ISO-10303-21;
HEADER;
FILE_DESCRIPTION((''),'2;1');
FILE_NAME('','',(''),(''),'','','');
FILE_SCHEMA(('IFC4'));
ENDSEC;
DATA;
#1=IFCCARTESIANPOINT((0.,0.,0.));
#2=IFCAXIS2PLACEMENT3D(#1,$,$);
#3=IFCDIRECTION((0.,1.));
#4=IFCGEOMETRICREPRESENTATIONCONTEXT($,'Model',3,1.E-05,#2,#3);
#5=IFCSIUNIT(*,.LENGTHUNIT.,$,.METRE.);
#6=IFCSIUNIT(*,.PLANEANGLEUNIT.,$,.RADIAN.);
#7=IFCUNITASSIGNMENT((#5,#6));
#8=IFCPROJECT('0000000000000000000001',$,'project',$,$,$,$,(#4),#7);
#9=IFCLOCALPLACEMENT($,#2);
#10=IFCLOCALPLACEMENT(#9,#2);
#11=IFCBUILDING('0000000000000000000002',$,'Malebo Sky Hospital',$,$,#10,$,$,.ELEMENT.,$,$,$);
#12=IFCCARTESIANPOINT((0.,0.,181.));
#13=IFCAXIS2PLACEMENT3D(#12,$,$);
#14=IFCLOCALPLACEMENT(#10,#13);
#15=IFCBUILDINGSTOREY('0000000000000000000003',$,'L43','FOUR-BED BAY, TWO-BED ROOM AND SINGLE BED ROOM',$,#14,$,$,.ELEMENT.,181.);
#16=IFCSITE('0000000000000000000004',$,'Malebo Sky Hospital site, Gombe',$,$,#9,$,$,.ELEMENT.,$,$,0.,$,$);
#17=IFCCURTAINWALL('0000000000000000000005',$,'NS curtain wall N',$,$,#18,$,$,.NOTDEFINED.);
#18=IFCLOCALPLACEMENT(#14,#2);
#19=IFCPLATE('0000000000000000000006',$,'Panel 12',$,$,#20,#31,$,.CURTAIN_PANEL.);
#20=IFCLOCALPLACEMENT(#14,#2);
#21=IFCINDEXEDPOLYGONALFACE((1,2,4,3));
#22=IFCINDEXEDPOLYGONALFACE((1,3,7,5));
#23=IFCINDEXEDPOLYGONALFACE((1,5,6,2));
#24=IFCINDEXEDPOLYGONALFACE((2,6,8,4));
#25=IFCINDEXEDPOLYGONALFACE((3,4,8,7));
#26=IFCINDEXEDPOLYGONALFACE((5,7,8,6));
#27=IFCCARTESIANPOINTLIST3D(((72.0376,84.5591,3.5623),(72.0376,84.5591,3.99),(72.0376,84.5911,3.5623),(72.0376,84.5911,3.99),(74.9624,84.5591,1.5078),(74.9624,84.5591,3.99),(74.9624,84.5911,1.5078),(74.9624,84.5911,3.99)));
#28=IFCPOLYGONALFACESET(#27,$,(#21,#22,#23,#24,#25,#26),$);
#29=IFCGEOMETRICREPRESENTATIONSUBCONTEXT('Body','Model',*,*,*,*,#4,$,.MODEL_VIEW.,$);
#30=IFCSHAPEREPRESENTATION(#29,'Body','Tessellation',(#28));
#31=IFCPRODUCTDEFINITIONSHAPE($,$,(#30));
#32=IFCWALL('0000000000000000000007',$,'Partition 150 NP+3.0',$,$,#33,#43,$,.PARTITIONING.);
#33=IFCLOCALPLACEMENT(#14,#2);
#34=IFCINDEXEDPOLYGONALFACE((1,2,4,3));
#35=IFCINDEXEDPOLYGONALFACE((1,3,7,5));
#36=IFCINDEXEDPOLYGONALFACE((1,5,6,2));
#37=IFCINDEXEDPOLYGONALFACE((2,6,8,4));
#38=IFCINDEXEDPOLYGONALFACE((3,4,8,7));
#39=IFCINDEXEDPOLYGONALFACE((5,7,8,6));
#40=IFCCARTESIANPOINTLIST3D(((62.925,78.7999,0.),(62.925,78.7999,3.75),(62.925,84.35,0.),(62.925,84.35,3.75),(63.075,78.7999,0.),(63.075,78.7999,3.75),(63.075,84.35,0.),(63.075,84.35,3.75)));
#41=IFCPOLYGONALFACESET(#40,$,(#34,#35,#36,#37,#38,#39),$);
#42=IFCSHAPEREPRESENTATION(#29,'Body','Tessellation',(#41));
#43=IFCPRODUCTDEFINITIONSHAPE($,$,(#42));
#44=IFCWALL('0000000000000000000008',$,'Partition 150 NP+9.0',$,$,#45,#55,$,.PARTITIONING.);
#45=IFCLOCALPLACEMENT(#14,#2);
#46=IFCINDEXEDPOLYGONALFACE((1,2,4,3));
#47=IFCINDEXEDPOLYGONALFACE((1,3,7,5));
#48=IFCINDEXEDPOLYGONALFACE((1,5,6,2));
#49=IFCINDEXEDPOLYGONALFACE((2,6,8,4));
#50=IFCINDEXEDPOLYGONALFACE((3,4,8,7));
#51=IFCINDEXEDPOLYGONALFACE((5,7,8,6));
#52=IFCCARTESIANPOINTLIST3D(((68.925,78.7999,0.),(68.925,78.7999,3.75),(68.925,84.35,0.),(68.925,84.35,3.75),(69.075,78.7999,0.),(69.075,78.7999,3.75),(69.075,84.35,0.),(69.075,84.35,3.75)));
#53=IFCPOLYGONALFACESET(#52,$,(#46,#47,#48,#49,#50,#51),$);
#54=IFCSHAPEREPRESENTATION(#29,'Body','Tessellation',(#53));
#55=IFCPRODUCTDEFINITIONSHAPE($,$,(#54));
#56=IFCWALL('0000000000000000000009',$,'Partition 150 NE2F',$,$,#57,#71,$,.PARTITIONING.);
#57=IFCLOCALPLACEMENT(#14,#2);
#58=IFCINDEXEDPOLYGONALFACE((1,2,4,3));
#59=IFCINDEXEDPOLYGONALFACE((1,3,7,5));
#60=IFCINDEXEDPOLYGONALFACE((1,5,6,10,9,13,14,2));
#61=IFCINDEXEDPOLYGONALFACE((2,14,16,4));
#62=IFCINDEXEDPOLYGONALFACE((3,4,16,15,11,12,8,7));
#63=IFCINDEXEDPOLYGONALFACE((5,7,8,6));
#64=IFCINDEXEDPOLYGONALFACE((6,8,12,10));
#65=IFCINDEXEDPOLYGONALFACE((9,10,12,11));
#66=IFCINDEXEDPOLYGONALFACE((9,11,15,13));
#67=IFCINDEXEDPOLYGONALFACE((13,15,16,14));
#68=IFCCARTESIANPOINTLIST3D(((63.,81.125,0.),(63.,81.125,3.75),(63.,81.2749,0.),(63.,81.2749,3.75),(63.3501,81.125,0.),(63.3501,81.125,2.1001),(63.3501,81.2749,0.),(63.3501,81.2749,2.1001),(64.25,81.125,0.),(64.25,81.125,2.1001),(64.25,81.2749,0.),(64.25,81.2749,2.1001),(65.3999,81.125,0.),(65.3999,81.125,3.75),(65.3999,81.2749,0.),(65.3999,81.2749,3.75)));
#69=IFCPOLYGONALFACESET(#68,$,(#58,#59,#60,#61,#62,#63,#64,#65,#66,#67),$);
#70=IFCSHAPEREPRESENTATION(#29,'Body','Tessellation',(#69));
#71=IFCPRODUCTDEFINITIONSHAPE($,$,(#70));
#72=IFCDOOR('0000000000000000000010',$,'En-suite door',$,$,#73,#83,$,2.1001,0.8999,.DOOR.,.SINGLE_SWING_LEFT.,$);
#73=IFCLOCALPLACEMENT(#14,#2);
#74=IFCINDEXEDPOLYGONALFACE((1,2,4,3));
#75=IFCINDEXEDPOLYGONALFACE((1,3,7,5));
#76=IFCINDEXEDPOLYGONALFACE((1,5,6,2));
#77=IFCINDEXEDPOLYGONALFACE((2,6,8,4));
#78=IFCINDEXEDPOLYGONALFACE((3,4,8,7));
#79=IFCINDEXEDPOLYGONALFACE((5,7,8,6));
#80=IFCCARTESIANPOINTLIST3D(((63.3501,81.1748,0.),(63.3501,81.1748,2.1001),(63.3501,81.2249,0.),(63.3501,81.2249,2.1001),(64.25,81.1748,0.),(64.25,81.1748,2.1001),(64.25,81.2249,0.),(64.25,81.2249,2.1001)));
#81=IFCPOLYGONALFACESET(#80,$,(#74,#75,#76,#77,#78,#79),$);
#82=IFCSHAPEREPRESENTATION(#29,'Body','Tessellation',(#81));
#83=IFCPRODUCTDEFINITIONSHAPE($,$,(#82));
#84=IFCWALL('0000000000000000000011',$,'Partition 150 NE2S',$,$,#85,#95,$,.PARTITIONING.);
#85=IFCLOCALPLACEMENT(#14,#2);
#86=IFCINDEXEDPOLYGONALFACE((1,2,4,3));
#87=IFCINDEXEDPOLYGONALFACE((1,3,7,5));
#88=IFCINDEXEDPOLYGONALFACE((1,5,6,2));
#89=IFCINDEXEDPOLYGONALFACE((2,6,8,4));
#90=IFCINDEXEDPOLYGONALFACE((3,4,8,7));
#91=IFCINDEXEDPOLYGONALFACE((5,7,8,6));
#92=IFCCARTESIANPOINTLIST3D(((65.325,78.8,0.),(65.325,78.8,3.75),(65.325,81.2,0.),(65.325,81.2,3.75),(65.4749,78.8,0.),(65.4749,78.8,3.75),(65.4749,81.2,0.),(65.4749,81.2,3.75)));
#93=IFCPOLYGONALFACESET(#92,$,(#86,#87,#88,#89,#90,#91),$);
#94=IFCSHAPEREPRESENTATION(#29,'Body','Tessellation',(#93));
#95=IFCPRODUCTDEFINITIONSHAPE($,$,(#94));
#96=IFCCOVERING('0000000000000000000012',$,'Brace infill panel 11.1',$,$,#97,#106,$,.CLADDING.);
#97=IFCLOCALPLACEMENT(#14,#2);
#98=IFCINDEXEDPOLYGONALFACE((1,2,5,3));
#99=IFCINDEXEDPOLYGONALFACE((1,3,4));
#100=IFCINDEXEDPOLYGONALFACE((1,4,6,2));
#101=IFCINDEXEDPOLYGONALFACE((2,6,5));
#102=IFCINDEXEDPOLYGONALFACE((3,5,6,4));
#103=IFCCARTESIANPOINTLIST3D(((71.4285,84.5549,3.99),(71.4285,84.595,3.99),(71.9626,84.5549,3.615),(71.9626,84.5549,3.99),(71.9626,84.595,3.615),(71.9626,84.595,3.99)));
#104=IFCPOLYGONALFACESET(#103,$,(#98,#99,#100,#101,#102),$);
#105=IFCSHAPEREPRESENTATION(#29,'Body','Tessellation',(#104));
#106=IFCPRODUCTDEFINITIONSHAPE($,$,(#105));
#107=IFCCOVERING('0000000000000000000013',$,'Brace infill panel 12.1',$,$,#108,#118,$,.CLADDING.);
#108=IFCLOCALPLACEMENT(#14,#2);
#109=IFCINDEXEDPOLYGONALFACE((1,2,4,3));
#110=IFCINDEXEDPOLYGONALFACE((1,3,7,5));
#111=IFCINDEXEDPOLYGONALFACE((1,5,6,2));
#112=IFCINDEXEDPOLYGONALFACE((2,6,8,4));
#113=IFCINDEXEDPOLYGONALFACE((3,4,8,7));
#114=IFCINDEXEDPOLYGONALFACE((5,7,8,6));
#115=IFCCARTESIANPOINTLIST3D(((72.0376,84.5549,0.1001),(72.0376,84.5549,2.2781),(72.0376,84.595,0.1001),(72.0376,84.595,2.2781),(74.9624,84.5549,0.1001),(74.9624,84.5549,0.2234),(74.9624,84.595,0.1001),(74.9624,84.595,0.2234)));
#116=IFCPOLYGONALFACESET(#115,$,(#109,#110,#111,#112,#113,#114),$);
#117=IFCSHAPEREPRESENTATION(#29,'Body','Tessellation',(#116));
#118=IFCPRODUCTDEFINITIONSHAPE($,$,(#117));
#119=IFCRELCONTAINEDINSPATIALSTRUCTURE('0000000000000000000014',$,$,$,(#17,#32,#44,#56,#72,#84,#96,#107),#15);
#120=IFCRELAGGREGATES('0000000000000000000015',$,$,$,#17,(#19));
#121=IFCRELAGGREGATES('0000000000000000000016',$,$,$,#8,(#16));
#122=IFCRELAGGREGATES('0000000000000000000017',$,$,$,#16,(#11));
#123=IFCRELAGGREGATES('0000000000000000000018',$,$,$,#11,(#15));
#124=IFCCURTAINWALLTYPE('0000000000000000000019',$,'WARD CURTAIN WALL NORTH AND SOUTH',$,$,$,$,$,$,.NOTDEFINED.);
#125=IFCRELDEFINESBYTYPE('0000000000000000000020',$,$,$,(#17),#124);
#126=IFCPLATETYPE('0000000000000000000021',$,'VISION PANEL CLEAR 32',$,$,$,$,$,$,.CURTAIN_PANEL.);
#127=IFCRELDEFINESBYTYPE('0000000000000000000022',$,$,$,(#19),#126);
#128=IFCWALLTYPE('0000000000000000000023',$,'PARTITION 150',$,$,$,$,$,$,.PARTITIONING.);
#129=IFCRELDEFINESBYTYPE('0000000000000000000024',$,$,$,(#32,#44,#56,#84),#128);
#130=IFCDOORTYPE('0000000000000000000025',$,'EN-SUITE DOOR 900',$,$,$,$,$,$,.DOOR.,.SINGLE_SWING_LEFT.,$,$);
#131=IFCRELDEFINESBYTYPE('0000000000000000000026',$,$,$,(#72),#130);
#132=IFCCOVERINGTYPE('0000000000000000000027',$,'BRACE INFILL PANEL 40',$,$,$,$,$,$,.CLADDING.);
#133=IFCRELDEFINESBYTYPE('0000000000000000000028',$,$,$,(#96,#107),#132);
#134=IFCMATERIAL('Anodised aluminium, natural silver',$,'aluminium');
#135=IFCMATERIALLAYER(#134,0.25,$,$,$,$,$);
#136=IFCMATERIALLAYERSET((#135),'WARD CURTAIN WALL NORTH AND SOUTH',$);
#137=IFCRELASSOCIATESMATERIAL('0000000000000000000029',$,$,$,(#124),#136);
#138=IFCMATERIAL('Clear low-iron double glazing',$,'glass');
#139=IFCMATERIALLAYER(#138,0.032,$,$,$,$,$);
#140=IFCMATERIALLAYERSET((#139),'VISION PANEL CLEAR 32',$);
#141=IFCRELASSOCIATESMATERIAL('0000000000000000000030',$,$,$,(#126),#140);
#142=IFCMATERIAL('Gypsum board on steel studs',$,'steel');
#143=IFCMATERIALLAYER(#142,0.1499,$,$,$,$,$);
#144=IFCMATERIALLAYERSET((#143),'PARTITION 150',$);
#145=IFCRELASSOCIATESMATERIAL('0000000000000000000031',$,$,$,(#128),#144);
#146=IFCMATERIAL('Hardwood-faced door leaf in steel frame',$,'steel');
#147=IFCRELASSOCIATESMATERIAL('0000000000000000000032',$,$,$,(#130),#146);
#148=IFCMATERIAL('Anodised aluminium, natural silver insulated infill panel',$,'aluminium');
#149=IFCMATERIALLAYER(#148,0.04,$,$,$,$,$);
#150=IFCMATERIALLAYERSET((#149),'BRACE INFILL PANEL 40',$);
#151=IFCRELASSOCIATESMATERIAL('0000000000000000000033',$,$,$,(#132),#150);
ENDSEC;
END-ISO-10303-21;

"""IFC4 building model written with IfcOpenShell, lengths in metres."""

from ifc_helpers import new_model, si_unit, direction, frame, frame_2d, origin, place, context, subcontext, project, spatial, polyline, rectangle, outline, extrude, material, layer, layer_set, type_object, element, fill, aggregate, save


model = new_model("IFC4")

# Units and contexts
model_context = context("Model", 3, precision=1e-05, world=origin(), true_north=direction((0.0, 1.0)))
body_context = subcontext(model_context, "Body", "Model", "MODEL_VIEW")
ifc_project = project(units=[si_unit("LENGTHUNIT", "METRE"), si_unit("PLANEANGLEUNIT", "RADIAN")], contexts=[model_context])

# Site, building, storey
site_placement = place(None, origin())
site = spatial("IfcSite", under=ifc_project, at=site_placement, Name="Malebo Sky Hospital site, Gombe", CompositionType="ELEMENT", RefElevation=0.0)
building_placement = place(site_placement, origin())
building = spatial("IfcBuilding", under=site, at=building_placement, Name="Malebo Sky Hospital", CompositionType="ELEMENT")
storey_placement = place(building_placement, frame((0.0, 0.0, 181.0)))
storey = spatial("IfcBuildingStorey", under=building, at=storey_placement, Name="L43", Description="FOUR-BED BAY, TWO-BED ROOM AND SINGLE BED ROOM", CompositionType="ELEMENT", Elevation=181.0)

# Curtain wall
ifc_material_1 = material(Name="Anodised aluminium, natural silver", Category="aluminium")
ifc_layer_1 = layer(ifc_material_1, 0.25)
ifc_layer_set_1 = layer_set([ifc_layer_1], Name="WARD CURTAIN WALL NORTH AND SOUTH")
curtain_wall_type = type_object("IfcCurtainWallType", Name="WARD CURTAIN WALL NORTH AND SOUTH", PredefinedType="NOTDEFINED", material=ifc_layer_set_1)
curtain_wall_placement = place(storey_placement, origin())
curtain_wall = element("IfcCurtainWall", 1, at=curtain_wall_placement, inside=storey, type_object=curtain_wall_type, Name="NS curtain wall N", PredefinedType="NOTDEFINED")

# Plate
ifc_material_2 = material(Name="Clear low-iron double glazing", Category="glass")
ifc_layer_2 = layer(ifc_material_2, 0.032)
ifc_layer_set_2 = layer_set([ifc_layer_2], Name="VISION PANEL CLEAR 32")
plate_type = type_object("IfcPlateType", Name="VISION PANEL CLEAR 32", PredefinedType="CURTAIN_PANEL", material=ifc_layer_set_2)
plate_1_placement = place(storey_placement, frame((73.5, 84.575, 1.5078), z_axis=(0.0, 0.0, 1.0), x_axis=(1.0, 0.0, 0.0)))
plate_1 = element("IfcPlate", 2, at=plate_1_placement, type_object=plate_type, Name="Panel 12", PredefinedType="CURTAIN_PANEL", context=body_context, shape_type="SweptSolid", body=[
    extrude(outline(polyline([(1.4624, 0.0), (1.4624, 2.4822), (-1.4624, 2.4822), (-1.4624, 2.0544), (1.4624, 0.0)])), frame((0.0, 0.0161, 0.0), z_axis=(0.0, -1.0, 0.0), x_axis=(1.0, 0.0, 0.0)), (0.0, 0.0, 1.0), 0.032),
])
aggregate(curtain_wall, [plate_1])

# Walls
ifc_material_3 = material(Name="Gypsum board on steel studs", Category="steel")
ifc_layer_3 = layer(ifc_material_3, 0.1499)
ifc_layer_set_3 = layer_set([ifc_layer_3], Name="PARTITION 150")
wall_type = type_object("IfcWallType", Name="PARTITION 150", PredefinedType="PARTITIONING", material=ifc_layer_set_3)
for number, where, z_axis, x_axis, name in (
    (3, (63.0, 78.8, 0.0), (0.0, 0.0, 1.0), (0.0, 1.0, 0.0), "Partition 150 NP+3.0"),
    (4, (69.0, 78.8, 0.0), (0.0, 0.0, 1.0), (0.0, 1.0, 0.0), "Partition 150 NP+9.0"),
):
    element("IfcWall", number, at=place(storey_placement, frame(where, z_axis=z_axis, x_axis=x_axis)), inside=storey, type_object=wall_type, Name=name, PredefinedType="PARTITIONING", context=body_context, shape_type="SweptSolid", body=[
        extrude(rectangle(XDim=5.55, YDim=0.1499, at=frame_2d((2.7749, 0.0))), origin(), (0.0, 0.0, 1.0), 3.75),
    ])

# Wall, opening, door
wall_1_placement = place(storey_placement, frame((63.0, 81.2, 0.0), z_axis=(0.0, 0.0, 1.0), x_axis=(1.0, 0.0, 0.0)))
wall_1 = element("IfcWall", 5, at=wall_1_placement, inside=storey, type_object=wall_type, Name="Partition 150 NE2F", PredefinedType="PARTITIONING", context=body_context, shape_type="SweptSolid", body=[
    extrude(rectangle(XDim=2.3999, YDim=0.1499, at=frame_2d((1.2, 0.0))), origin(), (0.0, 0.0, 1.0), 3.75),
])
opening_placement = place(wall_1_placement, frame((0.3501, 0.0, 0.0)))
opening = element("IfcOpeningElement", 6, at=opening_placement, cuts=wall_1, PredefinedType="OPENING", context=body_context, shape_type="SweptSolid", body=[
    extrude(rectangle(XDim=0.8999, YDim=2.1001, at=frame_2d((0.45, 1.05))), frame((0.0, 0.085, 0.0), z_axis=(0.0, -1.0, 0.0), x_axis=(1.0, 0.0, 0.0)), (0.0, 0.0, 1.0), 0.1699),
])
ifc_material_4 = material(Name="Hardwood-faced door leaf in steel frame", Category="steel")
door_type = type_object("IfcDoorType", Name="EN-SUITE DOOR 900", OperationType="SINGLE_SWING_LEFT", PredefinedType="DOOR", material=ifc_material_4)
door_placement = place(opening_placement, origin())
door = element("IfcDoor", 7, at=door_placement, inside=storey, type_object=door_type, Name="En-suite door", OperationType="SINGLE_SWING_LEFT", OverallHeight=2.1001, OverallWidth=0.8999, PredefinedType="DOOR", context=body_context, shape_type="SweptSolid", body=[
    extrude(rectangle(XDim=0.8999, YDim=2.1001, at=frame_2d((0.45, 1.05))), frame((0.0, 0.0249, 0.0), z_axis=(0.0, -1.0, 0.0), x_axis=(1.0, 0.0, 0.0)), (0.0, 0.0, 1.0), 0.05),
])
fill(opening, door)

# Wall
wall_2_placement = place(storey_placement, frame((65.3999, 78.8, 0.0), z_axis=(0.0, 0.0, 1.0), x_axis=(0.0, 1.0, 0.0)))
element("IfcWall", 8, at=wall_2_placement, inside=storey, type_object=wall_type, Name="Partition 150 NE2S", PredefinedType="PARTITIONING", context=body_context, shape_type="SweptSolid", body=[
    extrude(rectangle(XDim=2.3999, YDim=0.1499, at=frame_2d((1.2, 0.0))), origin(), (0.0, 0.0, 1.0), 3.75),
])

# Coverings
ifc_material_5 = material(Name="Anodised aluminium, natural silver insulated infill panel", Category="aluminium")
ifc_layer_4 = layer(ifc_material_5, 0.04)
ifc_layer_set_4 = layer_set([ifc_layer_4], Name="BRACE INFILL PANEL 40")
covering_type = type_object("IfcCoveringType", Name="BRACE INFILL PANEL 40", PredefinedType="CLADDING", material=ifc_layer_set_4)
covering_1_placement = place(storey_placement, frame((71.6956, 84.575, 3.615), z_axis=(0.0, 0.0, 1.0), x_axis=(1.0, 0.0, 0.0)))
element("IfcCovering", 9, at=covering_1_placement, inside=storey, type_object=covering_type, Name="Brace infill panel 11.1", PredefinedType="CLADDING", context=body_context, shape_type="SweptSolid", body=[
    extrude(outline(polyline([(0.2671, 0.0), (0.2671, 0.375), (-0.2671, 0.375), (0.2671, 0.0)])), frame((0.0, 0.02, 0.0), z_axis=(0.0, -1.0, 0.0), x_axis=(1.0, 0.0, 0.0)), (0.0, 0.0, 1.0), 0.04),
])
covering_2_placement = place(storey_placement, frame((73.5, 84.575, 0.1001), z_axis=(0.0, 0.0, 1.0), x_axis=(1.0, 0.0, 0.0)))
element("IfcCovering", 10, at=covering_2_placement, inside=storey, type_object=covering_type, Name="Brace infill panel 12.1", PredefinedType="CLADDING", context=body_context, shape_type="SweptSolid", body=[
    extrude(outline(polyline([(-1.4624, 0.0), (1.4624, 0.0), (1.4624, 0.1233), (-1.4624, 2.178), (-1.4624, 0.0)])), frame((0.0, 0.02, 0.0), z_axis=(0.0, -1.0, 0.0), x_axis=(1.0, 0.0, 0.0)), (0.0, 0.0, 1.0), 0.04),
])

save(model, "model.ifc")
